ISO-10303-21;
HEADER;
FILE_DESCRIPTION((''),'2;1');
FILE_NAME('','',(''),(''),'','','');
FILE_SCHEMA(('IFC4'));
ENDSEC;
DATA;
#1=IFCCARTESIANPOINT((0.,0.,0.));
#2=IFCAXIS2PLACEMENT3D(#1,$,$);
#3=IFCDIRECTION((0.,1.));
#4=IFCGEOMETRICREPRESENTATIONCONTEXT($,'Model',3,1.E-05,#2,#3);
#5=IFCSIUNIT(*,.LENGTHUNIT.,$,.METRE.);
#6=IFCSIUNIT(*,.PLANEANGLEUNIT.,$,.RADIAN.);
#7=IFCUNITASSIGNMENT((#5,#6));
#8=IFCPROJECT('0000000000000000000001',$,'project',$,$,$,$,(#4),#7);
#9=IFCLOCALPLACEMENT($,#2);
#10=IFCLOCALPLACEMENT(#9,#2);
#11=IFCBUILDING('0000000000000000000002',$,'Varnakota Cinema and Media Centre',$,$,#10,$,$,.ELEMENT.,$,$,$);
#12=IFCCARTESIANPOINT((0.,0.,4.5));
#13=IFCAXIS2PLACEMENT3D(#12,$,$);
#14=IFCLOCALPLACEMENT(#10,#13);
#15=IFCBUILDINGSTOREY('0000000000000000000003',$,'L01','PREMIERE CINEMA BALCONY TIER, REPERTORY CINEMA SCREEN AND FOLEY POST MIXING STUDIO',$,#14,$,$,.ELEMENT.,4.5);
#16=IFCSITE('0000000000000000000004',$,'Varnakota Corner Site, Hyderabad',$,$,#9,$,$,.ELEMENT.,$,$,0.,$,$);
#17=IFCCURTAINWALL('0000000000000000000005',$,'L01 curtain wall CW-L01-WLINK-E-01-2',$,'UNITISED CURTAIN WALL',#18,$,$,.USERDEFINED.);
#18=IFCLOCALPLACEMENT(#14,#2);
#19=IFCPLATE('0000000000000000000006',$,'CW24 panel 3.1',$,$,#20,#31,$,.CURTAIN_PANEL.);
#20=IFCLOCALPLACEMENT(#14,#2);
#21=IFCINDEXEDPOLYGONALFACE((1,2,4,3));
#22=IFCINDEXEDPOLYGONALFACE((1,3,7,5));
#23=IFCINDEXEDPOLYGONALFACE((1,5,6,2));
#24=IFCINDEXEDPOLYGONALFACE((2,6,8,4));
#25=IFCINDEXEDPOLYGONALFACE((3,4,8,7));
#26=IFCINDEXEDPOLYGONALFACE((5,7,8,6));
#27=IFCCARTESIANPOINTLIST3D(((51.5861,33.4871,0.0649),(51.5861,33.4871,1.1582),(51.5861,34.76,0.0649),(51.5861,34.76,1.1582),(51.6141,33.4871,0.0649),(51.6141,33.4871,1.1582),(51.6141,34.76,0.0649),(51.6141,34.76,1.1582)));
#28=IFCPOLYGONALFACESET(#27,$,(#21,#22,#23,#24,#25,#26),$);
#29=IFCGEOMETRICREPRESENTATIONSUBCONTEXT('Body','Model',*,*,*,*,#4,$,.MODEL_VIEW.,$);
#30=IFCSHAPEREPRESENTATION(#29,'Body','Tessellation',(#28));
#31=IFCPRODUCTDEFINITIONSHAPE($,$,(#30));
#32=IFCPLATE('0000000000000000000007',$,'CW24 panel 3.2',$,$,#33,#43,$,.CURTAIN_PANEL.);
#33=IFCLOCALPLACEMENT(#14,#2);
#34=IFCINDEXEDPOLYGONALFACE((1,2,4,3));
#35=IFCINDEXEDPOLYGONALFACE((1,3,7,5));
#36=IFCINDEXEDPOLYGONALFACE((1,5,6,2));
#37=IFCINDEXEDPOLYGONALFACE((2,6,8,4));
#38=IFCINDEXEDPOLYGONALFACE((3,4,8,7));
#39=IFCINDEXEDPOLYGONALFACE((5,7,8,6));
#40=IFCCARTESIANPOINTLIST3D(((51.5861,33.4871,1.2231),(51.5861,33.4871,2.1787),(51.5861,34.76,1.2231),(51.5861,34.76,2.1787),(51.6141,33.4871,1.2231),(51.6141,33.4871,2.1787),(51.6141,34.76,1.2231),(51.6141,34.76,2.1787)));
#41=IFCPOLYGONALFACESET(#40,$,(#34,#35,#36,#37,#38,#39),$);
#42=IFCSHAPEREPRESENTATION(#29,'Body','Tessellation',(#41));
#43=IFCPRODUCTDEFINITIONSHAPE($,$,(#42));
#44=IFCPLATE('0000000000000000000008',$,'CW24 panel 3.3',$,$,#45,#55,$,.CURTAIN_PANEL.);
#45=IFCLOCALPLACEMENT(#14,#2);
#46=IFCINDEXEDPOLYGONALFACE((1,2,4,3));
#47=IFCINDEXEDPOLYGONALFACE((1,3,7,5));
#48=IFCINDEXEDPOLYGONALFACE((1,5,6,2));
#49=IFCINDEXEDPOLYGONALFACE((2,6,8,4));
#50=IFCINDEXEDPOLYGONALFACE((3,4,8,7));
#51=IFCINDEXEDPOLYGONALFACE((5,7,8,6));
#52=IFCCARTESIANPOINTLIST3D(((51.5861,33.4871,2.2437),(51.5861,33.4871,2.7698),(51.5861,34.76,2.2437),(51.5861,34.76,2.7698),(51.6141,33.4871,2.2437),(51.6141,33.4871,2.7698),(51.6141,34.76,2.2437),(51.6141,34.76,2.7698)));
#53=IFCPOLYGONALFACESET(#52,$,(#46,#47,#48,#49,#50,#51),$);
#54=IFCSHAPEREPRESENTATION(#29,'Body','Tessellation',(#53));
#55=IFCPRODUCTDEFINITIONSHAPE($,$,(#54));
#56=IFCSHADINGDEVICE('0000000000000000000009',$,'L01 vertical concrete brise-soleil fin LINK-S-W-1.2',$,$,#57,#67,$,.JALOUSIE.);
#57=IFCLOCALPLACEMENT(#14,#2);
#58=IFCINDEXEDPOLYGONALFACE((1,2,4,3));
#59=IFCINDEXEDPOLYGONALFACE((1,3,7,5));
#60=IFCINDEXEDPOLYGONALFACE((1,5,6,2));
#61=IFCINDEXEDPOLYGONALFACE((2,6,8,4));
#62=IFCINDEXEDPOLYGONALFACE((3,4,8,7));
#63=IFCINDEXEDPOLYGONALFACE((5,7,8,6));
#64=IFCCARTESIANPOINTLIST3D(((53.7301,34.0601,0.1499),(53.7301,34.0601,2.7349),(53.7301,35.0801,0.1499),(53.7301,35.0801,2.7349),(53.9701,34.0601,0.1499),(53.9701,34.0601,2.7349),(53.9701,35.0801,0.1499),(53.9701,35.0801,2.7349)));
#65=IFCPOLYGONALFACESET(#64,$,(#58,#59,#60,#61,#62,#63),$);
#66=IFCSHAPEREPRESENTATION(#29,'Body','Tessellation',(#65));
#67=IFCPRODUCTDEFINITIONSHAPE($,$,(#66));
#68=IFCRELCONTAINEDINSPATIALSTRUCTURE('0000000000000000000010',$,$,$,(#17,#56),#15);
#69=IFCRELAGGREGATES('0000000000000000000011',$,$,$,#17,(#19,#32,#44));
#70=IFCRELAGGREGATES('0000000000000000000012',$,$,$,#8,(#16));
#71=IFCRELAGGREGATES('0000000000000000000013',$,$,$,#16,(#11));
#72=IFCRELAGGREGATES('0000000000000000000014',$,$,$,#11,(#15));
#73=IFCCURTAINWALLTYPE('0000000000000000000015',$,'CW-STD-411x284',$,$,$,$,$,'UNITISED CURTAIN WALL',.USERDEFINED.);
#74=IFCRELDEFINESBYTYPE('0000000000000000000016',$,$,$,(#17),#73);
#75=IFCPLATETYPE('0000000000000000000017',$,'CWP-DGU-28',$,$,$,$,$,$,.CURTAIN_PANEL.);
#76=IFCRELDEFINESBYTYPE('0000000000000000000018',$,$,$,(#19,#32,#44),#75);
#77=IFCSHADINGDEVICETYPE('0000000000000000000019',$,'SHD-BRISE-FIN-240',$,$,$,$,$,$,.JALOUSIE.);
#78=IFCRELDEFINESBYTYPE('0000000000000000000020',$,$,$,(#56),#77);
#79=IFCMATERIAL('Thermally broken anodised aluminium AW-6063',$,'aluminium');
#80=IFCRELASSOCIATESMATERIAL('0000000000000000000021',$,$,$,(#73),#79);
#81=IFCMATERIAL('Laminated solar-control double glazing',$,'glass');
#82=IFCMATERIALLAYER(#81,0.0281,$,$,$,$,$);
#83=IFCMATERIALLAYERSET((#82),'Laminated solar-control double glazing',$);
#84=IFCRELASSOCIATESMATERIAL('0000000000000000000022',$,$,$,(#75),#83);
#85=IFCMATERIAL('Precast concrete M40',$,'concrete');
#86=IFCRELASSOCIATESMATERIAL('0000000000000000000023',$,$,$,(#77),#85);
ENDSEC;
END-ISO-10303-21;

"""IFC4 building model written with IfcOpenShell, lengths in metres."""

from ifc_helpers import new_model, si_unit, direction, frame, origin, origin_2d, place, context, subcontext, project, spatial, rectangle, extrude, material, layer, layer_set, type_object, element, aggregate, save


model = new_model("IFC4")

# Units and contexts
model_context = context("Model", 3, precision=1e-05, world=origin(), true_north=direction((0.0, 1.0)))
body_context = subcontext(model_context, "Body", "Model", "MODEL_VIEW")
ifc_project = project(units=[si_unit("LENGTHUNIT", "METRE"), si_unit("PLANEANGLEUNIT", "RADIAN")], contexts=[model_context])

# Site, building, storey
site_placement = place(None, origin())
site = spatial("IfcSite", under=ifc_project, at=site_placement, Name="Varnakota Corner Site, Hyderabad", CompositionType="ELEMENT", RefElevation=0.0)
building_placement = place(site_placement, origin())
building = spatial("IfcBuilding", under=site, at=building_placement, Name="Varnakota Cinema and Media Centre", CompositionType="ELEMENT")
storey_placement = place(building_placement, frame((0.0, 0.0, 4.5)))
storey = spatial("IfcBuildingStorey", under=building, at=storey_placement, Name="L01", Description="PREMIERE CINEMA BALCONY TIER, REPERTORY CINEMA SCREEN AND FOLEY POST MIXING STUDIO", CompositionType="ELEMENT", Elevation=4.5)

# Shared definitions
ifc_material_1 = material(Name="Thermally broken anodised aluminium AW-6063", Category="aluminium")
curtain_wall_type = type_object("IfcCurtainWallType", Name="CW-STD-411x284", ElementType="UNITISED CURTAIN WALL", PredefinedType="USERDEFINED", material=ifc_material_1)

# Curtain wall
curtain_wall_1_placement = place(storey_placement, origin())
curtain_wall_1 = element("IfcCurtainWall", 1, at=curtain_wall_1_placement, inside=storey, type_object=curtain_wall_type, Name="L01 curtain wall CW-L01-WLINK-E-01-2", ObjectType="UNITISED CURTAIN WALL", PredefinedType="USERDEFINED")

# Plates
ifc_material_2 = material(Name="Laminated solar-control double glazing", Category="glass")
ifc_layer = layer(ifc_material_2, 0.0281)
ifc_layer_set = layer_set([ifc_layer], Name="Laminated solar-control double glazing")
plate_type = type_object("IfcPlateType", Name="CWP-DGU-28", PredefinedType="CURTAIN_PANEL", material=ifc_layer_set)
plate_1_placement = place(storey_placement, frame((51.6001, 34.1235, 0.0649), z_axis=(0.0, 0.0, 1.0), x_axis=(0.0, 1.0, 0.0)))
plate_1 = element("IfcPlate", 2, at=plate_1_placement, type_object=plate_type, Name="CW24 panel 3.1", PredefinedType="CURTAIN_PANEL", context=body_context, shape_type="SweptSolid", body=[
    extrude(rectangle(XDim=1.2729, YDim=0.0281, at=origin_2d()), origin(), (0.0, 0.0, 1.0), 1.0933),
])
plate_2_placement = place(storey_placement, frame((51.6001, 34.1235, 1.2231), z_axis=(0.0, 0.0, 1.0), x_axis=(0.0, 1.0, 0.0)))
plate_2 = element("IfcPlate", 3, at=plate_2_placement, type_object=plate_type, Name="CW24 panel 3.2", PredefinedType="CURTAIN_PANEL", context=body_context, shape_type="SweptSolid", body=[
    extrude(rectangle(XDim=1.2729, YDim=0.0281, at=origin_2d()), origin(), (0.0, 0.0, 1.0), 0.9556),
])
plate_3_placement = place(storey_placement, frame((51.6001, 34.1235, 2.2437), z_axis=(0.0, 0.0, 1.0), x_axis=(0.0, 1.0, 0.0)))
plate_3 = element("IfcPlate", 4, at=plate_3_placement, type_object=plate_type, Name="CW24 panel 3.3", PredefinedType="CURTAIN_PANEL", context=body_context, shape_type="SweptSolid", body=[
    extrude(rectangle(XDim=1.2729, YDim=0.0281, at=origin_2d()), origin(), (0.0, 0.0, 1.0), 0.5261),
])
aggregate(curtain_wall_1, [plate_1, plate_2, plate_3])

# Shading device
ifc_material_3 = material(Name="Precast concrete M40", Category="concrete")
shading_device_type = type_object("IfcShadingDeviceType", Name="SHD-BRISE-FIN-240", PredefinedType="JALOUSIE", material=ifc_material_3)
shading_device_placement = place(storey_placement, frame((53.8501, 34.5701, 0.1499), z_axis=(0.0, 0.0, 1.0), x_axis=(-1.0, 0.0, 0.0)))
element("IfcShadingDevice", 5, at=shading_device_placement, inside=storey, type_object=shading_device_type, Name="L01 vertical concrete brise-soleil fin LINK-S-W-1.2", PredefinedType="JALOUSIE", context=body_context, shape_type="SweptSolid", body=[
    extrude(rectangle(XDim=0.24, YDim=1.02, at=origin_2d()), origin(), (0.0, 0.0, 1.0), 2.585),
])

save(model, "model.ifc")
